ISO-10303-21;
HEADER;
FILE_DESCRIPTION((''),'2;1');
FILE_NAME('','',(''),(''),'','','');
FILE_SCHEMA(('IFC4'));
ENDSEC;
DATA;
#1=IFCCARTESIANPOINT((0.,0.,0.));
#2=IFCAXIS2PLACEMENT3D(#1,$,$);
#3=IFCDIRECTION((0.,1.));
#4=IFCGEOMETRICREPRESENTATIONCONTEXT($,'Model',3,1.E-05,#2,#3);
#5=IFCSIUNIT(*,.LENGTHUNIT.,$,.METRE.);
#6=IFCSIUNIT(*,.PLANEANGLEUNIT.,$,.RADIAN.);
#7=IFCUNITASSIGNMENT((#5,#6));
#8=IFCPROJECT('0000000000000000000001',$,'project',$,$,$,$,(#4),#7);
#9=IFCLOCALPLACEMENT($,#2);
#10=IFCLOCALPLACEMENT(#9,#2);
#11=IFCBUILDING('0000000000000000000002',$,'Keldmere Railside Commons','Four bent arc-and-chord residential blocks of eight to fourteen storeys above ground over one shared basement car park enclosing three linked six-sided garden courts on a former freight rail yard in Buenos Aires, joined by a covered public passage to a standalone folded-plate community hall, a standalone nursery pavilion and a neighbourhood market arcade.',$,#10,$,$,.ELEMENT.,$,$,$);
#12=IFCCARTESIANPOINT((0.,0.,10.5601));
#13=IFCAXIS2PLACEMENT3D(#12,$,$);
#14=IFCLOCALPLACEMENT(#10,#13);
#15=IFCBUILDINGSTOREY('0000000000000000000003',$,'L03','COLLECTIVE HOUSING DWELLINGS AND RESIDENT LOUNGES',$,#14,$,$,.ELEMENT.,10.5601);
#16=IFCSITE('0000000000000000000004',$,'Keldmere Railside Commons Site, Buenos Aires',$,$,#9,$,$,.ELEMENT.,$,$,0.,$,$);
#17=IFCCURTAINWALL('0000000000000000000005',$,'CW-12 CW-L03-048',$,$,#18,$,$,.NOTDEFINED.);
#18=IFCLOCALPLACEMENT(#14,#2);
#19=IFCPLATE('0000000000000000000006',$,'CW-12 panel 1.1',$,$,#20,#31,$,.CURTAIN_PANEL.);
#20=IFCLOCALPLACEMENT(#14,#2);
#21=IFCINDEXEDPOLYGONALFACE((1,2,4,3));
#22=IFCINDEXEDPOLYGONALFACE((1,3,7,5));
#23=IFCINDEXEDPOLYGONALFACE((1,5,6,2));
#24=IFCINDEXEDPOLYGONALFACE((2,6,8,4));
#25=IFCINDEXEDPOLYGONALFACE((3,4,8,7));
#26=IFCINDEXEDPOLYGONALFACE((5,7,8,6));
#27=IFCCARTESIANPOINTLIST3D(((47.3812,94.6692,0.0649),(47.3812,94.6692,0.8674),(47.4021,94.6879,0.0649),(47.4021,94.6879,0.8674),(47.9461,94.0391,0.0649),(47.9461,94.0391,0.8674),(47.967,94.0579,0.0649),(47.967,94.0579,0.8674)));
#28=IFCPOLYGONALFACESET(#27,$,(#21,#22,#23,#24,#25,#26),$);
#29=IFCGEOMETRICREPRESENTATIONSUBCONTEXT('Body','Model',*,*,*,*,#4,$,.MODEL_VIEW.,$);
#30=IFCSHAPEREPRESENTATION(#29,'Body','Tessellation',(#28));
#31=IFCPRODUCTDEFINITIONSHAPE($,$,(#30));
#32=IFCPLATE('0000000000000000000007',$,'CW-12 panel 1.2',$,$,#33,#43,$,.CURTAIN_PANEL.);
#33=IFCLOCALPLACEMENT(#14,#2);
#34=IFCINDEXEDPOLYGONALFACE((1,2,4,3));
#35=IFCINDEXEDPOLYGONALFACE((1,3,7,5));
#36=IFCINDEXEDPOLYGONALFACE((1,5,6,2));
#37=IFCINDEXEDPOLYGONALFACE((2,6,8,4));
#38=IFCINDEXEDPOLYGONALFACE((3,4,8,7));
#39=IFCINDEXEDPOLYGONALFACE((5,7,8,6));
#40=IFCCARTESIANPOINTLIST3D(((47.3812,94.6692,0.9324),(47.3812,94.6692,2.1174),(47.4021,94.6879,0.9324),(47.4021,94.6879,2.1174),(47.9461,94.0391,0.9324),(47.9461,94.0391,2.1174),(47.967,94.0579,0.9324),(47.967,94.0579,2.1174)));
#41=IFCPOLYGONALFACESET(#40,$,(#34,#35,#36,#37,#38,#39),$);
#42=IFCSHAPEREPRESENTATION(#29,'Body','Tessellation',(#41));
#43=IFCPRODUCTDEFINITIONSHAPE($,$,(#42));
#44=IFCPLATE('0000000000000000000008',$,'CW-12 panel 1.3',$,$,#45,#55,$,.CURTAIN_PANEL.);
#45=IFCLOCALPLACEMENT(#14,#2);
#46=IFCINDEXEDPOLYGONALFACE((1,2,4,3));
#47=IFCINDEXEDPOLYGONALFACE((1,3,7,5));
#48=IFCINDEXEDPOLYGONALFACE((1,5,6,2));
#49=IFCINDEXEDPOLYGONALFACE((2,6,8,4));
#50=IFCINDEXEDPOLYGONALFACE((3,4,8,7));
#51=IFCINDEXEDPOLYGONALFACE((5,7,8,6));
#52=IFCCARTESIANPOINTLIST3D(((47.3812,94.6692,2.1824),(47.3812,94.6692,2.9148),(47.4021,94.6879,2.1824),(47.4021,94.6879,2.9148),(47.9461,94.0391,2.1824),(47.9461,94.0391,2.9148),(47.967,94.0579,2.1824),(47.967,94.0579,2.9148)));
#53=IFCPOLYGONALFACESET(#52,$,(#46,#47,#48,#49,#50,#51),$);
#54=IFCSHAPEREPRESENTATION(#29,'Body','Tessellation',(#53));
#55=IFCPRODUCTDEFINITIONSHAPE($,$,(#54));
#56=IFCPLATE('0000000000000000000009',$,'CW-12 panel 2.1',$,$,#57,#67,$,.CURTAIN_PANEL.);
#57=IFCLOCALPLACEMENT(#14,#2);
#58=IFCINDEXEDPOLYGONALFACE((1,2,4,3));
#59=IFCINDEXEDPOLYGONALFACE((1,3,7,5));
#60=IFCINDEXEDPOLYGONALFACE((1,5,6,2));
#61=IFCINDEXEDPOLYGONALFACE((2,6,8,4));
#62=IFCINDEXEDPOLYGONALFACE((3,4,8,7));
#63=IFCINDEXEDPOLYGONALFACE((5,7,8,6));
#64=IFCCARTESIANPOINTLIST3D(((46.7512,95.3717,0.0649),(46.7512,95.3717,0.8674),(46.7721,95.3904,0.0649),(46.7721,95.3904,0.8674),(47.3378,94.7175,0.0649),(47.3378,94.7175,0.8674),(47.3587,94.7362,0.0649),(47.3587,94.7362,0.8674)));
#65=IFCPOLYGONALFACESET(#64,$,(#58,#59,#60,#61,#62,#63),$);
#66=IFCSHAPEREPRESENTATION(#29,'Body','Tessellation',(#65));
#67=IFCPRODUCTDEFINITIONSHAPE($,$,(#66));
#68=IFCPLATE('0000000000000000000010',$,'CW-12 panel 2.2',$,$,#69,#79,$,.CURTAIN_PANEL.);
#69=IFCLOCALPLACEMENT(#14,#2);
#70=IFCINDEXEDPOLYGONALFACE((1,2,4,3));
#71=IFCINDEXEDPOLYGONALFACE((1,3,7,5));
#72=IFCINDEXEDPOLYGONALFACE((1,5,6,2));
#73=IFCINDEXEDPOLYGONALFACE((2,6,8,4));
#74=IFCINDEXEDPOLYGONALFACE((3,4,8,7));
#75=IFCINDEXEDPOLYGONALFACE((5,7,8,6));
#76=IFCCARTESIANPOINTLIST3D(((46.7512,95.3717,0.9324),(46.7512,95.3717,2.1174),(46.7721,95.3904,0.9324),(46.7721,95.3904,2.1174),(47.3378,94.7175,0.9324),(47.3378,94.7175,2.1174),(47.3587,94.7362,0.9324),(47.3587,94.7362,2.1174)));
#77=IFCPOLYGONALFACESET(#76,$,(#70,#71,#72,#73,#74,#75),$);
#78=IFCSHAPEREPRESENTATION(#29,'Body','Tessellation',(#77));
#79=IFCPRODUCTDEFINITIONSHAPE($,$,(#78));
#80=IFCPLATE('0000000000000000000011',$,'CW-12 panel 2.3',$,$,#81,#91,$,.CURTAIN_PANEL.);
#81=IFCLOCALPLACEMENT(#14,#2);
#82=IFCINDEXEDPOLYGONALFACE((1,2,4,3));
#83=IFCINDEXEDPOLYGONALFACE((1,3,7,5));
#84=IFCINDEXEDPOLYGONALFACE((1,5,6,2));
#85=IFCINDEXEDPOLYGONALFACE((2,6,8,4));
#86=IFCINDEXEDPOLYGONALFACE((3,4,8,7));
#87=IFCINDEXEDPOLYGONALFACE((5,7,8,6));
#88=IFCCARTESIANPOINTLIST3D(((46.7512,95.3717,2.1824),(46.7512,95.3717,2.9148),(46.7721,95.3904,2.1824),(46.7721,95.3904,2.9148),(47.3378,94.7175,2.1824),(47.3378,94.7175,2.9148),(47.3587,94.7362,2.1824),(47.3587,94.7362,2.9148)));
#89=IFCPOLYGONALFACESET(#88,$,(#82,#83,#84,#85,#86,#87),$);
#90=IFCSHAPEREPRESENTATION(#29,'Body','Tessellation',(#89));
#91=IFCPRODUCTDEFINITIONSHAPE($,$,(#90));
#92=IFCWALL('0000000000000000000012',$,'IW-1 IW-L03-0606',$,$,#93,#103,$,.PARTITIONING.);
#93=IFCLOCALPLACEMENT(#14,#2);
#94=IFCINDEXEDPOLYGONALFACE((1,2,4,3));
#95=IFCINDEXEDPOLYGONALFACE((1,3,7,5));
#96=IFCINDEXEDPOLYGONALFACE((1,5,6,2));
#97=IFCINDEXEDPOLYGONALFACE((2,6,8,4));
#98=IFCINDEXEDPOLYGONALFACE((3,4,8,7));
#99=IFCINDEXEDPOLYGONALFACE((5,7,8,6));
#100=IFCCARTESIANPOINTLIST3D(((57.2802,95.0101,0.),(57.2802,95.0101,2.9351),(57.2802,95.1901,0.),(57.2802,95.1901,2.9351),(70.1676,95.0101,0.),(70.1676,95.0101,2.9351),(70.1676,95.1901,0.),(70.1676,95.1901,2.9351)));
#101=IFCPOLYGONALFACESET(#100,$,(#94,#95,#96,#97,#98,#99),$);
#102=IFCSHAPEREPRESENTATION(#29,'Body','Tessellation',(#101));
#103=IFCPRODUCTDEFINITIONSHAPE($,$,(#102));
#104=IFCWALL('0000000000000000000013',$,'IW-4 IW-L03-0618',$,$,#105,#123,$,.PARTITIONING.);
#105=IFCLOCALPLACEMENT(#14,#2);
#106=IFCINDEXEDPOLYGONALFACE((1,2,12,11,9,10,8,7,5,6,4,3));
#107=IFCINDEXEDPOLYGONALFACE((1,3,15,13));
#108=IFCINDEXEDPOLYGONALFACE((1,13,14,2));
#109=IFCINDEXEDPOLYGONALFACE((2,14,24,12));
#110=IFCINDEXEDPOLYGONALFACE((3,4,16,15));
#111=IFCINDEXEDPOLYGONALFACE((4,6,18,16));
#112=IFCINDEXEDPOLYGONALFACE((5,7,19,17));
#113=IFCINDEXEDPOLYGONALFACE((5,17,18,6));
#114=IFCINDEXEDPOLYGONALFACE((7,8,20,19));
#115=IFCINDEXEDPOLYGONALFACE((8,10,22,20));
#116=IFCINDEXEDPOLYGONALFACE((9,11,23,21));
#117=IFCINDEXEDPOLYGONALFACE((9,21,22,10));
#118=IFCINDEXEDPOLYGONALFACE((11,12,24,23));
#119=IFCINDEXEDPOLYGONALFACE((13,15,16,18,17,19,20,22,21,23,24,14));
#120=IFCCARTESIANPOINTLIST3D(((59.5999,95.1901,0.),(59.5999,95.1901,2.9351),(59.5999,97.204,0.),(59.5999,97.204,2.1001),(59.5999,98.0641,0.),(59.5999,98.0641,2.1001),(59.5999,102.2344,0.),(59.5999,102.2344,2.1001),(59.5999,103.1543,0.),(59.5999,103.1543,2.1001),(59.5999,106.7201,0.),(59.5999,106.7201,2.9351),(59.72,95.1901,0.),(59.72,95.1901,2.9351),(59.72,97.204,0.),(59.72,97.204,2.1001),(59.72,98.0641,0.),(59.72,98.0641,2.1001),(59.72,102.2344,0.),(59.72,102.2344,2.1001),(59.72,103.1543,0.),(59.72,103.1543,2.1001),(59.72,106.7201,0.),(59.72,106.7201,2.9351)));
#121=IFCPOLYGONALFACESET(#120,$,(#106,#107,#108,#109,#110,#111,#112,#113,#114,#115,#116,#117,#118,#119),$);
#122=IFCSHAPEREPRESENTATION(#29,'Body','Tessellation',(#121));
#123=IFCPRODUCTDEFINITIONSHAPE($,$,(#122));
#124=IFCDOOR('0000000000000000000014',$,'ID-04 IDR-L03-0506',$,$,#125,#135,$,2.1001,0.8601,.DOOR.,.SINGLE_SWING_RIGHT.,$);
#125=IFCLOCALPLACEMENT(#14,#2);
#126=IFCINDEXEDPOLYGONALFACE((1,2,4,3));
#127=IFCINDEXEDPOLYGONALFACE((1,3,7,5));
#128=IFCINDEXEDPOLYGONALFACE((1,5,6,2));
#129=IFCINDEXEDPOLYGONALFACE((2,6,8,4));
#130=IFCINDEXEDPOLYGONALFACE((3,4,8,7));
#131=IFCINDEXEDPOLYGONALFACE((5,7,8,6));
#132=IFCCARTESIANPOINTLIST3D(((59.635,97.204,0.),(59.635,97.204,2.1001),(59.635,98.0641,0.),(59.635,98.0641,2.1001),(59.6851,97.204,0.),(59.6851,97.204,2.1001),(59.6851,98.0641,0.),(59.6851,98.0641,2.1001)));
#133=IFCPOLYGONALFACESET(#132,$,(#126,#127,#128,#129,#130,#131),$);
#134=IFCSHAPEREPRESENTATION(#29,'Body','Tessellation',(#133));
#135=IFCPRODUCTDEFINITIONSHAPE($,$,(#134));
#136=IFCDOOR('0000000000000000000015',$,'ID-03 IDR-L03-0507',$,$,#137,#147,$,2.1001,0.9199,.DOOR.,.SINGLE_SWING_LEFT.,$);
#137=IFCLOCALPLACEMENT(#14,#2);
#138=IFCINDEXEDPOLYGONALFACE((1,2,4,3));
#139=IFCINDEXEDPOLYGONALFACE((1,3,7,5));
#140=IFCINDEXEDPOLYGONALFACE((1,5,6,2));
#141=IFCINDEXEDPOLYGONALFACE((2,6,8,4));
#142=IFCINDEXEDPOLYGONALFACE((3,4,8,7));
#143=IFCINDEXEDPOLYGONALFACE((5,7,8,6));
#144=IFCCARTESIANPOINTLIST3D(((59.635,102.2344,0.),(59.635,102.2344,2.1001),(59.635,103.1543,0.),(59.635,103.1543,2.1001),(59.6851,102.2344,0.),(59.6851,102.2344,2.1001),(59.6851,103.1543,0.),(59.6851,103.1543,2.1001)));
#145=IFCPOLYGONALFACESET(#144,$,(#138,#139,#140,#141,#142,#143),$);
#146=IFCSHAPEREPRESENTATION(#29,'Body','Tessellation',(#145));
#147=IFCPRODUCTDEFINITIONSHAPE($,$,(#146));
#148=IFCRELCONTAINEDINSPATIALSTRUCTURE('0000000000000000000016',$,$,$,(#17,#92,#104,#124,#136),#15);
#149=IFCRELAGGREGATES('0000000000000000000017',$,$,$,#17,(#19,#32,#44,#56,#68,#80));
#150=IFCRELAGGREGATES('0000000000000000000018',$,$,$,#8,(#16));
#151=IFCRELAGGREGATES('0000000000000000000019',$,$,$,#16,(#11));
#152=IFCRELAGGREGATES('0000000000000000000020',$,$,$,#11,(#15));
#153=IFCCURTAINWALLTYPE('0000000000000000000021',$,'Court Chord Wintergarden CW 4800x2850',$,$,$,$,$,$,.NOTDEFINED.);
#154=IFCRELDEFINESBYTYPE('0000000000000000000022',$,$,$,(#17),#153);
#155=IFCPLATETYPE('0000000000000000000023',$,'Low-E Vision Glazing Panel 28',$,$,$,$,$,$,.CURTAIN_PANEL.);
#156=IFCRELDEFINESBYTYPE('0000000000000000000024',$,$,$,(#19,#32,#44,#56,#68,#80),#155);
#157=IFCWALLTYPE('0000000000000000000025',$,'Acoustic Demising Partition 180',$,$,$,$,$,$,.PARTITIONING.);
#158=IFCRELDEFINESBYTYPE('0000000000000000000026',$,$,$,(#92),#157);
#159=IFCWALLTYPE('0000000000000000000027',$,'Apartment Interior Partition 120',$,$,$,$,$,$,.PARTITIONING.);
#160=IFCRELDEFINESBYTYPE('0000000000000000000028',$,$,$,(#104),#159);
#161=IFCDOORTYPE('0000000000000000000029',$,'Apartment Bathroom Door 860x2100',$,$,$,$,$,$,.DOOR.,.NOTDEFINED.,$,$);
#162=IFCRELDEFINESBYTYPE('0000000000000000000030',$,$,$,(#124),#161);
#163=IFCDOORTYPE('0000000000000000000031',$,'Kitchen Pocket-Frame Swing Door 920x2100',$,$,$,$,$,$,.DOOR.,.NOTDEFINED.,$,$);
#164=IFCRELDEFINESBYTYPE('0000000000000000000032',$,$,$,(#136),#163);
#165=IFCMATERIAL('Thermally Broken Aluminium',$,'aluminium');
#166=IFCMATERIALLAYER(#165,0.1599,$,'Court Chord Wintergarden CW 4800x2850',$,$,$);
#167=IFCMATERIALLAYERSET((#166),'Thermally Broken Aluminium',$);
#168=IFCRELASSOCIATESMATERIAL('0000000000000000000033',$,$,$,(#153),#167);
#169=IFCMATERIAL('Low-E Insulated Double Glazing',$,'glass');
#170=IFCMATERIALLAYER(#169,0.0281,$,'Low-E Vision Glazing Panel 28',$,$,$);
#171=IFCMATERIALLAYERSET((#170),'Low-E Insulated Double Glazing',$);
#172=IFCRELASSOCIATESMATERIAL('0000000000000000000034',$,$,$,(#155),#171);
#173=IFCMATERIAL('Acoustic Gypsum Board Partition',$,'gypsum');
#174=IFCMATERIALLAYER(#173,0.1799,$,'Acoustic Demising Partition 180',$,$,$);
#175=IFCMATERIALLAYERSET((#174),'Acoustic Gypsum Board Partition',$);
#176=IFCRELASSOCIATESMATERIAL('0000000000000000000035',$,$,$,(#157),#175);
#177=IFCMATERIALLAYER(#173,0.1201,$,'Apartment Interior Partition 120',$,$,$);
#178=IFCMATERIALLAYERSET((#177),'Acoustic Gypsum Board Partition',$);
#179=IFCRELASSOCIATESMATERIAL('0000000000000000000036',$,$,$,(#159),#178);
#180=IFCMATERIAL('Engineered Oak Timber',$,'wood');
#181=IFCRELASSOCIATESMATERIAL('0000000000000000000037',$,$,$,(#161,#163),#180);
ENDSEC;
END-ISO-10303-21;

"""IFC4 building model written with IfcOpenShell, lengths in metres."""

from ifc_helpers import new_model, si_unit, direction, frame, frame_2d, origin, origin_2d, place, context, subcontext, project, spatial, rectangle, extrude, material, layer, layer_set, type_object, element, fill, aggregate, save


model = new_model("IFC4")

# Units and contexts
model_context = context("Model", 3, precision=1e-05, world=origin(), true_north=direction((0.0, 1.0)))
body_context = subcontext(model_context, "Body", "Model", "MODEL_VIEW")
ifc_project = project(units=[si_unit("LENGTHUNIT", "METRE"), si_unit("PLANEANGLEUNIT", "RADIAN")], contexts=[model_context])

# Site, building, storey
site_placement = place(None, origin())
site = spatial("IfcSite", under=ifc_project, at=site_placement, Name="Keldmere Railside Commons Site, Buenos Aires", CompositionType="ELEMENT", RefElevation=0.0)
building_placement = place(site_placement, origin())
building = spatial("IfcBuilding", under=site, at=building_placement, Name="Keldmere Railside Commons", Description="Four bent arc-and-chord residential blocks of eight to fourteen storeys above ground over one shared basement car park enclosing three linked six-sided garden courts on a former freight rail yard in Buenos Aires, joined by a covered public passage to a standalone folded-plate community hall, a standalone nursery pavilion and a neighbourhood market arcade.", CompositionType="ELEMENT")
storey_placement = place(building_placement, frame((0.0, 0.0, 10.5601)))
storey = spatial("IfcBuildingStorey", under=building, at=storey_placement, Name="L03", Description="COLLECTIVE HOUSING DWELLINGS AND RESIDENT LOUNGES", CompositionType="ELEMENT", Elevation=10.5601)

# Curtain wall, plates
ifc_material_1 = material(Name="Thermally Broken Aluminium", Category="aluminium")
ifc_layer_1 = layer(ifc_material_1, 0.1599, Name="Court Chord Wintergarden CW 4800x2850")
ifc_layer_set_1 = layer_set([ifc_layer_1], Name="Thermally Broken Aluminium")
curtain_wall_type = type_object("IfcCurtainWallType", Name="Court Chord Wintergarden CW 4800x2850", PredefinedType="NOTDEFINED", material=ifc_layer_set_1)
curtain_wall_placement = place(storey_placement, origin())
curtain_wall = element("IfcCurtainWall", 1, at=curtain_wall_placement, inside=storey, type_object=curtain_wall_type, Name="CW-12 CW-L03-048", PredefinedType="NOTDEFINED")
ifc_material_2 = material(Name="Low-E Insulated Double Glazing", Category="glass")
ifc_layer_2 = layer(ifc_material_2, 0.0281, Name="Low-E Vision Glazing Panel 28")
ifc_layer_set_2 = layer_set([ifc_layer_2], Name="Low-E Insulated Double Glazing")
plate_type = type_object("IfcPlateType", Name="Low-E Vision Glazing Panel 28", PredefinedType="CURTAIN_PANEL", material=ifc_layer_set_2)
plate_1_placement = place(storey_placement, frame((47.6741, 94.3635, 0.0649), z_axis=(0.0, 0.0, 1.0), x_axis=(-0.667559, 0.744557, 0.0)))
plate_1 = element("IfcPlate", 2, at=plate_1_placement, type_object=plate_type, Name="CW-12 panel 1.1", PredefinedType="CURTAIN_PANEL", context=body_context, shape_type="SweptSolid", body=[
    extrude(rectangle(XDim=0.8462, YDim=0.0281, at=origin_2d()), origin(), (0.0, 0.0, 1.0), 0.8025),
])
plate_2_placement = place(storey_placement, frame((47.6741, 94.3635, 0.9324), z_axis=(0.0, 0.0, 1.0), x_axis=(-0.667559, 0.744557, 0.0)))
plate_2 = element("IfcPlate", 3, at=plate_2_placement, type_object=plate_type, Name="CW-12 panel 1.2", PredefinedType="CURTAIN_PANEL", context=body_context, shape_type="SweptSolid", body=[
    extrude(rectangle(XDim=0.8462, YDim=0.0281, at=origin_2d()), origin(), (0.0, 0.0, 1.0), 1.1851),
])
plate_3_placement = place(storey_placement, frame((47.6741, 94.3635, 2.1824), z_axis=(0.0, 0.0, 1.0), x_axis=(-0.667559, 0.744557, 0.0)))
plate_3 = element("IfcPlate", 4, at=plate_3_placement, type_object=plate_type, Name="CW-12 panel 1.3", PredefinedType="CURTAIN_PANEL", context=body_context, shape_type="SweptSolid", body=[
    extrude(rectangle(XDim=0.8462, YDim=0.0281, at=origin_2d()), origin(), (0.0, 0.0, 1.0), 0.7324),
])
plate_4_placement = place(storey_placement, frame((47.0549, 95.054, 0.0649), z_axis=(0.0, 0.0, 1.0), x_axis=(-0.667559, 0.744557, 0.0)))
plate_4 = element("IfcPlate", 5, at=plate_4_placement, type_object=plate_type, Name="CW-12 panel 2.1", PredefinedType="CURTAIN_PANEL", context=body_context, shape_type="SweptSolid", body=[
    extrude(rectangle(XDim=0.8787, YDim=0.0281, at=origin_2d()), origin(), (0.0, 0.0, 1.0), 0.8025),
])
plate_5_placement = place(storey_placement, frame((47.0549, 95.054, 0.9324), z_axis=(0.0, 0.0, 1.0), x_axis=(-0.667559, 0.744557, 0.0)))
plate_5 = element("IfcPlate", 6, at=plate_5_placement, type_object=plate_type, Name="CW-12 panel 2.2", PredefinedType="CURTAIN_PANEL", context=body_context, shape_type="SweptSolid", body=[
    extrude(rectangle(XDim=0.8787, YDim=0.0281, at=origin_2d()), origin(), (0.0, 0.0, 1.0), 1.1851),
])
plate_6_placement = place(storey_placement, frame((47.0549, 95.054, 2.1824), z_axis=(0.0, 0.0, 1.0), x_axis=(-0.667559, 0.744557, 0.0)))
plate_6 = element("IfcPlate", 7, at=plate_6_placement, type_object=plate_type, Name="CW-12 panel 2.3", PredefinedType="CURTAIN_PANEL", context=body_context, shape_type="SweptSolid", body=[
    extrude(rectangle(XDim=0.8787, YDim=0.0281, at=origin_2d()), origin(), (0.0, 0.0, 1.0), 0.7324),
])
aggregate(curtain_wall, [plate_1, plate_2, plate_3, plate_4, plate_5, plate_6])

# Wall
ifc_material_3 = material(Name="Acoustic Gypsum Board Partition", Category="gypsum")
ifc_layer_3 = layer(ifc_material_3, 0.1799, Name="Acoustic Demising Partition 180")
ifc_layer_set_3 = layer_set([ifc_layer_3], Name="Acoustic Gypsum Board Partition")
wall_type_1 = type_object("IfcWallType", Name="Acoustic Demising Partition 180", PredefinedType="PARTITIONING", material=ifc_layer_set_3)
wall_1_placement = place(storey_placement, frame((57.28, 95.1001, 0.0), z_axis=(0.0, 0.0, 1.0), x_axis=(1.0, 0.0, 0.0)))
element("IfcWall", 8, at=wall_1_placement, inside=storey, type_object=wall_type_1, Name="IW-1 IW-L03-0606", PredefinedType="PARTITIONING", context=body_context, shape_type="SweptSolid", body=[
    extrude(rectangle(XDim=12.8875, YDim=0.1799, at=frame_2d((6.4438, 0.0))), origin(), (0.0, 0.0, 1.0), 2.9351),
])

# Wall, openings, doors
ifc_layer_4 = layer(ifc_material_3, 0.1201, Name="Apartment Interior Partition 120")
ifc_layer_set_4 = layer_set([ifc_layer_4], Name="Acoustic Gypsum Board Partition")
wall_type_2 = type_object("IfcWallType", Name="Apartment Interior Partition 120", PredefinedType="PARTITIONING", material=ifc_layer_set_4)
wall_2_placement = place(storey_placement, frame((59.6599, 95.1899, 0.0), z_axis=(0.0, 0.0, 1.0), x_axis=(0.0, 1.0, 0.0)))
wall_2 = element("IfcWall", 9, at=wall_2_placement, inside=storey, type_object=wall_type_2, Name="IW-4 IW-L03-0618", PredefinedType="PARTITIONING", context=body_context, shape_type="SweptSolid", body=[
    extrude(rectangle(XDim=11.53, YDim=0.1201, at=frame_2d((5.7651, 0.0))), origin(), (0.0, 0.0, 1.0), 2.9351),
])
opening_1_placement = place(wall_2_placement, frame((2.0139, 0.0, 0.0)))
opening_1 = element("IfcOpeningElement", 10, at=opening_1_placement, cuts=wall_2, PredefinedType="OPENING", context=body_context, shape_type="SweptSolid", body=[
    extrude(rectangle(XDim=0.8601, YDim=2.1001, at=frame_2d((0.4302, 1.05))), frame((0.0, 0.0701, 0.0), z_axis=(0.0, -1.0, 0.0), x_axis=(1.0, 0.0, 0.0)), (0.0, 0.0, 1.0), 0.1401),
])
opening_2_placement = place(wall_2_placement, frame((7.0444, 0.0, 0.0)))
opening_2 = element("IfcOpeningElement", 11, at=opening_2_placement, cuts=wall_2, PredefinedType="OPENING", context=body_context, shape_type="SweptSolid", body=[
    extrude(rectangle(XDim=0.9199, YDim=2.1001, at=frame_2d((0.46, 1.05))), frame((0.0, 0.0701, 0.0), z_axis=(0.0, -1.0, 0.0), x_axis=(1.0, 0.0, 0.0)), (0.0, 0.0, 1.0), 0.1401),
])
ifc_material_4 = material(Name="Engineered Oak Timber", Category="wood")
door_type_1 = type_object("IfcDoorType", Name="Apartment Bathroom Door 860x2100", OperationType="NOTDEFINED", PredefinedType="DOOR", material=ifc_material_4)
door_1_placement = place(opening_1_placement, origin())
door_1 = element("IfcDoor", 12, at=door_1_placement, inside=storey, type_object=door_type_1, Name="ID-04 IDR-L03-0506", OperationType="SINGLE_SWING_RIGHT", OverallHeight=2.1001, OverallWidth=0.8601, PredefinedType="DOOR", context=body_context, shape_type="SweptSolid", body=[
    extrude(rectangle(XDim=0.8601, YDim=2.1001, at=frame_2d((0.4302, 1.05))), frame((0.0, 0.0249, 0.0), z_axis=(0.0, -1.0, 0.0), x_axis=(1.0, 0.0, 0.0)), (0.0, 0.0, 1.0), 0.05),
])
fill(opening_1, door_1)
door_type_2 = type_object("IfcDoorType", Name="Kitchen Pocket-Frame Swing Door 920x2100", OperationType="NOTDEFINED", PredefinedType="DOOR", material=ifc_material_4)
door_2_placement = place(opening_2_placement, origin())
door_2 = element("IfcDoor", 13, at=door_2_placement, inside=storey, type_object=door_type_2, Name="ID-03 IDR-L03-0507", OperationType="SINGLE_SWING_LEFT", OverallHeight=2.1001, OverallWidth=0.9199, PredefinedType="DOOR", context=body_context, shape_type="SweptSolid", body=[
    extrude(rectangle(XDim=0.9199, YDim=2.1001, at=frame_2d((0.46, 1.05))), frame((0.0, 0.0249, 0.0), z_axis=(0.0, -1.0, 0.0), x_axis=(1.0, 0.0, 0.0)), (0.0, 0.0, 1.0), 0.05),
])
fill(opening_2, door_2)

save(model, "model.ifc")
